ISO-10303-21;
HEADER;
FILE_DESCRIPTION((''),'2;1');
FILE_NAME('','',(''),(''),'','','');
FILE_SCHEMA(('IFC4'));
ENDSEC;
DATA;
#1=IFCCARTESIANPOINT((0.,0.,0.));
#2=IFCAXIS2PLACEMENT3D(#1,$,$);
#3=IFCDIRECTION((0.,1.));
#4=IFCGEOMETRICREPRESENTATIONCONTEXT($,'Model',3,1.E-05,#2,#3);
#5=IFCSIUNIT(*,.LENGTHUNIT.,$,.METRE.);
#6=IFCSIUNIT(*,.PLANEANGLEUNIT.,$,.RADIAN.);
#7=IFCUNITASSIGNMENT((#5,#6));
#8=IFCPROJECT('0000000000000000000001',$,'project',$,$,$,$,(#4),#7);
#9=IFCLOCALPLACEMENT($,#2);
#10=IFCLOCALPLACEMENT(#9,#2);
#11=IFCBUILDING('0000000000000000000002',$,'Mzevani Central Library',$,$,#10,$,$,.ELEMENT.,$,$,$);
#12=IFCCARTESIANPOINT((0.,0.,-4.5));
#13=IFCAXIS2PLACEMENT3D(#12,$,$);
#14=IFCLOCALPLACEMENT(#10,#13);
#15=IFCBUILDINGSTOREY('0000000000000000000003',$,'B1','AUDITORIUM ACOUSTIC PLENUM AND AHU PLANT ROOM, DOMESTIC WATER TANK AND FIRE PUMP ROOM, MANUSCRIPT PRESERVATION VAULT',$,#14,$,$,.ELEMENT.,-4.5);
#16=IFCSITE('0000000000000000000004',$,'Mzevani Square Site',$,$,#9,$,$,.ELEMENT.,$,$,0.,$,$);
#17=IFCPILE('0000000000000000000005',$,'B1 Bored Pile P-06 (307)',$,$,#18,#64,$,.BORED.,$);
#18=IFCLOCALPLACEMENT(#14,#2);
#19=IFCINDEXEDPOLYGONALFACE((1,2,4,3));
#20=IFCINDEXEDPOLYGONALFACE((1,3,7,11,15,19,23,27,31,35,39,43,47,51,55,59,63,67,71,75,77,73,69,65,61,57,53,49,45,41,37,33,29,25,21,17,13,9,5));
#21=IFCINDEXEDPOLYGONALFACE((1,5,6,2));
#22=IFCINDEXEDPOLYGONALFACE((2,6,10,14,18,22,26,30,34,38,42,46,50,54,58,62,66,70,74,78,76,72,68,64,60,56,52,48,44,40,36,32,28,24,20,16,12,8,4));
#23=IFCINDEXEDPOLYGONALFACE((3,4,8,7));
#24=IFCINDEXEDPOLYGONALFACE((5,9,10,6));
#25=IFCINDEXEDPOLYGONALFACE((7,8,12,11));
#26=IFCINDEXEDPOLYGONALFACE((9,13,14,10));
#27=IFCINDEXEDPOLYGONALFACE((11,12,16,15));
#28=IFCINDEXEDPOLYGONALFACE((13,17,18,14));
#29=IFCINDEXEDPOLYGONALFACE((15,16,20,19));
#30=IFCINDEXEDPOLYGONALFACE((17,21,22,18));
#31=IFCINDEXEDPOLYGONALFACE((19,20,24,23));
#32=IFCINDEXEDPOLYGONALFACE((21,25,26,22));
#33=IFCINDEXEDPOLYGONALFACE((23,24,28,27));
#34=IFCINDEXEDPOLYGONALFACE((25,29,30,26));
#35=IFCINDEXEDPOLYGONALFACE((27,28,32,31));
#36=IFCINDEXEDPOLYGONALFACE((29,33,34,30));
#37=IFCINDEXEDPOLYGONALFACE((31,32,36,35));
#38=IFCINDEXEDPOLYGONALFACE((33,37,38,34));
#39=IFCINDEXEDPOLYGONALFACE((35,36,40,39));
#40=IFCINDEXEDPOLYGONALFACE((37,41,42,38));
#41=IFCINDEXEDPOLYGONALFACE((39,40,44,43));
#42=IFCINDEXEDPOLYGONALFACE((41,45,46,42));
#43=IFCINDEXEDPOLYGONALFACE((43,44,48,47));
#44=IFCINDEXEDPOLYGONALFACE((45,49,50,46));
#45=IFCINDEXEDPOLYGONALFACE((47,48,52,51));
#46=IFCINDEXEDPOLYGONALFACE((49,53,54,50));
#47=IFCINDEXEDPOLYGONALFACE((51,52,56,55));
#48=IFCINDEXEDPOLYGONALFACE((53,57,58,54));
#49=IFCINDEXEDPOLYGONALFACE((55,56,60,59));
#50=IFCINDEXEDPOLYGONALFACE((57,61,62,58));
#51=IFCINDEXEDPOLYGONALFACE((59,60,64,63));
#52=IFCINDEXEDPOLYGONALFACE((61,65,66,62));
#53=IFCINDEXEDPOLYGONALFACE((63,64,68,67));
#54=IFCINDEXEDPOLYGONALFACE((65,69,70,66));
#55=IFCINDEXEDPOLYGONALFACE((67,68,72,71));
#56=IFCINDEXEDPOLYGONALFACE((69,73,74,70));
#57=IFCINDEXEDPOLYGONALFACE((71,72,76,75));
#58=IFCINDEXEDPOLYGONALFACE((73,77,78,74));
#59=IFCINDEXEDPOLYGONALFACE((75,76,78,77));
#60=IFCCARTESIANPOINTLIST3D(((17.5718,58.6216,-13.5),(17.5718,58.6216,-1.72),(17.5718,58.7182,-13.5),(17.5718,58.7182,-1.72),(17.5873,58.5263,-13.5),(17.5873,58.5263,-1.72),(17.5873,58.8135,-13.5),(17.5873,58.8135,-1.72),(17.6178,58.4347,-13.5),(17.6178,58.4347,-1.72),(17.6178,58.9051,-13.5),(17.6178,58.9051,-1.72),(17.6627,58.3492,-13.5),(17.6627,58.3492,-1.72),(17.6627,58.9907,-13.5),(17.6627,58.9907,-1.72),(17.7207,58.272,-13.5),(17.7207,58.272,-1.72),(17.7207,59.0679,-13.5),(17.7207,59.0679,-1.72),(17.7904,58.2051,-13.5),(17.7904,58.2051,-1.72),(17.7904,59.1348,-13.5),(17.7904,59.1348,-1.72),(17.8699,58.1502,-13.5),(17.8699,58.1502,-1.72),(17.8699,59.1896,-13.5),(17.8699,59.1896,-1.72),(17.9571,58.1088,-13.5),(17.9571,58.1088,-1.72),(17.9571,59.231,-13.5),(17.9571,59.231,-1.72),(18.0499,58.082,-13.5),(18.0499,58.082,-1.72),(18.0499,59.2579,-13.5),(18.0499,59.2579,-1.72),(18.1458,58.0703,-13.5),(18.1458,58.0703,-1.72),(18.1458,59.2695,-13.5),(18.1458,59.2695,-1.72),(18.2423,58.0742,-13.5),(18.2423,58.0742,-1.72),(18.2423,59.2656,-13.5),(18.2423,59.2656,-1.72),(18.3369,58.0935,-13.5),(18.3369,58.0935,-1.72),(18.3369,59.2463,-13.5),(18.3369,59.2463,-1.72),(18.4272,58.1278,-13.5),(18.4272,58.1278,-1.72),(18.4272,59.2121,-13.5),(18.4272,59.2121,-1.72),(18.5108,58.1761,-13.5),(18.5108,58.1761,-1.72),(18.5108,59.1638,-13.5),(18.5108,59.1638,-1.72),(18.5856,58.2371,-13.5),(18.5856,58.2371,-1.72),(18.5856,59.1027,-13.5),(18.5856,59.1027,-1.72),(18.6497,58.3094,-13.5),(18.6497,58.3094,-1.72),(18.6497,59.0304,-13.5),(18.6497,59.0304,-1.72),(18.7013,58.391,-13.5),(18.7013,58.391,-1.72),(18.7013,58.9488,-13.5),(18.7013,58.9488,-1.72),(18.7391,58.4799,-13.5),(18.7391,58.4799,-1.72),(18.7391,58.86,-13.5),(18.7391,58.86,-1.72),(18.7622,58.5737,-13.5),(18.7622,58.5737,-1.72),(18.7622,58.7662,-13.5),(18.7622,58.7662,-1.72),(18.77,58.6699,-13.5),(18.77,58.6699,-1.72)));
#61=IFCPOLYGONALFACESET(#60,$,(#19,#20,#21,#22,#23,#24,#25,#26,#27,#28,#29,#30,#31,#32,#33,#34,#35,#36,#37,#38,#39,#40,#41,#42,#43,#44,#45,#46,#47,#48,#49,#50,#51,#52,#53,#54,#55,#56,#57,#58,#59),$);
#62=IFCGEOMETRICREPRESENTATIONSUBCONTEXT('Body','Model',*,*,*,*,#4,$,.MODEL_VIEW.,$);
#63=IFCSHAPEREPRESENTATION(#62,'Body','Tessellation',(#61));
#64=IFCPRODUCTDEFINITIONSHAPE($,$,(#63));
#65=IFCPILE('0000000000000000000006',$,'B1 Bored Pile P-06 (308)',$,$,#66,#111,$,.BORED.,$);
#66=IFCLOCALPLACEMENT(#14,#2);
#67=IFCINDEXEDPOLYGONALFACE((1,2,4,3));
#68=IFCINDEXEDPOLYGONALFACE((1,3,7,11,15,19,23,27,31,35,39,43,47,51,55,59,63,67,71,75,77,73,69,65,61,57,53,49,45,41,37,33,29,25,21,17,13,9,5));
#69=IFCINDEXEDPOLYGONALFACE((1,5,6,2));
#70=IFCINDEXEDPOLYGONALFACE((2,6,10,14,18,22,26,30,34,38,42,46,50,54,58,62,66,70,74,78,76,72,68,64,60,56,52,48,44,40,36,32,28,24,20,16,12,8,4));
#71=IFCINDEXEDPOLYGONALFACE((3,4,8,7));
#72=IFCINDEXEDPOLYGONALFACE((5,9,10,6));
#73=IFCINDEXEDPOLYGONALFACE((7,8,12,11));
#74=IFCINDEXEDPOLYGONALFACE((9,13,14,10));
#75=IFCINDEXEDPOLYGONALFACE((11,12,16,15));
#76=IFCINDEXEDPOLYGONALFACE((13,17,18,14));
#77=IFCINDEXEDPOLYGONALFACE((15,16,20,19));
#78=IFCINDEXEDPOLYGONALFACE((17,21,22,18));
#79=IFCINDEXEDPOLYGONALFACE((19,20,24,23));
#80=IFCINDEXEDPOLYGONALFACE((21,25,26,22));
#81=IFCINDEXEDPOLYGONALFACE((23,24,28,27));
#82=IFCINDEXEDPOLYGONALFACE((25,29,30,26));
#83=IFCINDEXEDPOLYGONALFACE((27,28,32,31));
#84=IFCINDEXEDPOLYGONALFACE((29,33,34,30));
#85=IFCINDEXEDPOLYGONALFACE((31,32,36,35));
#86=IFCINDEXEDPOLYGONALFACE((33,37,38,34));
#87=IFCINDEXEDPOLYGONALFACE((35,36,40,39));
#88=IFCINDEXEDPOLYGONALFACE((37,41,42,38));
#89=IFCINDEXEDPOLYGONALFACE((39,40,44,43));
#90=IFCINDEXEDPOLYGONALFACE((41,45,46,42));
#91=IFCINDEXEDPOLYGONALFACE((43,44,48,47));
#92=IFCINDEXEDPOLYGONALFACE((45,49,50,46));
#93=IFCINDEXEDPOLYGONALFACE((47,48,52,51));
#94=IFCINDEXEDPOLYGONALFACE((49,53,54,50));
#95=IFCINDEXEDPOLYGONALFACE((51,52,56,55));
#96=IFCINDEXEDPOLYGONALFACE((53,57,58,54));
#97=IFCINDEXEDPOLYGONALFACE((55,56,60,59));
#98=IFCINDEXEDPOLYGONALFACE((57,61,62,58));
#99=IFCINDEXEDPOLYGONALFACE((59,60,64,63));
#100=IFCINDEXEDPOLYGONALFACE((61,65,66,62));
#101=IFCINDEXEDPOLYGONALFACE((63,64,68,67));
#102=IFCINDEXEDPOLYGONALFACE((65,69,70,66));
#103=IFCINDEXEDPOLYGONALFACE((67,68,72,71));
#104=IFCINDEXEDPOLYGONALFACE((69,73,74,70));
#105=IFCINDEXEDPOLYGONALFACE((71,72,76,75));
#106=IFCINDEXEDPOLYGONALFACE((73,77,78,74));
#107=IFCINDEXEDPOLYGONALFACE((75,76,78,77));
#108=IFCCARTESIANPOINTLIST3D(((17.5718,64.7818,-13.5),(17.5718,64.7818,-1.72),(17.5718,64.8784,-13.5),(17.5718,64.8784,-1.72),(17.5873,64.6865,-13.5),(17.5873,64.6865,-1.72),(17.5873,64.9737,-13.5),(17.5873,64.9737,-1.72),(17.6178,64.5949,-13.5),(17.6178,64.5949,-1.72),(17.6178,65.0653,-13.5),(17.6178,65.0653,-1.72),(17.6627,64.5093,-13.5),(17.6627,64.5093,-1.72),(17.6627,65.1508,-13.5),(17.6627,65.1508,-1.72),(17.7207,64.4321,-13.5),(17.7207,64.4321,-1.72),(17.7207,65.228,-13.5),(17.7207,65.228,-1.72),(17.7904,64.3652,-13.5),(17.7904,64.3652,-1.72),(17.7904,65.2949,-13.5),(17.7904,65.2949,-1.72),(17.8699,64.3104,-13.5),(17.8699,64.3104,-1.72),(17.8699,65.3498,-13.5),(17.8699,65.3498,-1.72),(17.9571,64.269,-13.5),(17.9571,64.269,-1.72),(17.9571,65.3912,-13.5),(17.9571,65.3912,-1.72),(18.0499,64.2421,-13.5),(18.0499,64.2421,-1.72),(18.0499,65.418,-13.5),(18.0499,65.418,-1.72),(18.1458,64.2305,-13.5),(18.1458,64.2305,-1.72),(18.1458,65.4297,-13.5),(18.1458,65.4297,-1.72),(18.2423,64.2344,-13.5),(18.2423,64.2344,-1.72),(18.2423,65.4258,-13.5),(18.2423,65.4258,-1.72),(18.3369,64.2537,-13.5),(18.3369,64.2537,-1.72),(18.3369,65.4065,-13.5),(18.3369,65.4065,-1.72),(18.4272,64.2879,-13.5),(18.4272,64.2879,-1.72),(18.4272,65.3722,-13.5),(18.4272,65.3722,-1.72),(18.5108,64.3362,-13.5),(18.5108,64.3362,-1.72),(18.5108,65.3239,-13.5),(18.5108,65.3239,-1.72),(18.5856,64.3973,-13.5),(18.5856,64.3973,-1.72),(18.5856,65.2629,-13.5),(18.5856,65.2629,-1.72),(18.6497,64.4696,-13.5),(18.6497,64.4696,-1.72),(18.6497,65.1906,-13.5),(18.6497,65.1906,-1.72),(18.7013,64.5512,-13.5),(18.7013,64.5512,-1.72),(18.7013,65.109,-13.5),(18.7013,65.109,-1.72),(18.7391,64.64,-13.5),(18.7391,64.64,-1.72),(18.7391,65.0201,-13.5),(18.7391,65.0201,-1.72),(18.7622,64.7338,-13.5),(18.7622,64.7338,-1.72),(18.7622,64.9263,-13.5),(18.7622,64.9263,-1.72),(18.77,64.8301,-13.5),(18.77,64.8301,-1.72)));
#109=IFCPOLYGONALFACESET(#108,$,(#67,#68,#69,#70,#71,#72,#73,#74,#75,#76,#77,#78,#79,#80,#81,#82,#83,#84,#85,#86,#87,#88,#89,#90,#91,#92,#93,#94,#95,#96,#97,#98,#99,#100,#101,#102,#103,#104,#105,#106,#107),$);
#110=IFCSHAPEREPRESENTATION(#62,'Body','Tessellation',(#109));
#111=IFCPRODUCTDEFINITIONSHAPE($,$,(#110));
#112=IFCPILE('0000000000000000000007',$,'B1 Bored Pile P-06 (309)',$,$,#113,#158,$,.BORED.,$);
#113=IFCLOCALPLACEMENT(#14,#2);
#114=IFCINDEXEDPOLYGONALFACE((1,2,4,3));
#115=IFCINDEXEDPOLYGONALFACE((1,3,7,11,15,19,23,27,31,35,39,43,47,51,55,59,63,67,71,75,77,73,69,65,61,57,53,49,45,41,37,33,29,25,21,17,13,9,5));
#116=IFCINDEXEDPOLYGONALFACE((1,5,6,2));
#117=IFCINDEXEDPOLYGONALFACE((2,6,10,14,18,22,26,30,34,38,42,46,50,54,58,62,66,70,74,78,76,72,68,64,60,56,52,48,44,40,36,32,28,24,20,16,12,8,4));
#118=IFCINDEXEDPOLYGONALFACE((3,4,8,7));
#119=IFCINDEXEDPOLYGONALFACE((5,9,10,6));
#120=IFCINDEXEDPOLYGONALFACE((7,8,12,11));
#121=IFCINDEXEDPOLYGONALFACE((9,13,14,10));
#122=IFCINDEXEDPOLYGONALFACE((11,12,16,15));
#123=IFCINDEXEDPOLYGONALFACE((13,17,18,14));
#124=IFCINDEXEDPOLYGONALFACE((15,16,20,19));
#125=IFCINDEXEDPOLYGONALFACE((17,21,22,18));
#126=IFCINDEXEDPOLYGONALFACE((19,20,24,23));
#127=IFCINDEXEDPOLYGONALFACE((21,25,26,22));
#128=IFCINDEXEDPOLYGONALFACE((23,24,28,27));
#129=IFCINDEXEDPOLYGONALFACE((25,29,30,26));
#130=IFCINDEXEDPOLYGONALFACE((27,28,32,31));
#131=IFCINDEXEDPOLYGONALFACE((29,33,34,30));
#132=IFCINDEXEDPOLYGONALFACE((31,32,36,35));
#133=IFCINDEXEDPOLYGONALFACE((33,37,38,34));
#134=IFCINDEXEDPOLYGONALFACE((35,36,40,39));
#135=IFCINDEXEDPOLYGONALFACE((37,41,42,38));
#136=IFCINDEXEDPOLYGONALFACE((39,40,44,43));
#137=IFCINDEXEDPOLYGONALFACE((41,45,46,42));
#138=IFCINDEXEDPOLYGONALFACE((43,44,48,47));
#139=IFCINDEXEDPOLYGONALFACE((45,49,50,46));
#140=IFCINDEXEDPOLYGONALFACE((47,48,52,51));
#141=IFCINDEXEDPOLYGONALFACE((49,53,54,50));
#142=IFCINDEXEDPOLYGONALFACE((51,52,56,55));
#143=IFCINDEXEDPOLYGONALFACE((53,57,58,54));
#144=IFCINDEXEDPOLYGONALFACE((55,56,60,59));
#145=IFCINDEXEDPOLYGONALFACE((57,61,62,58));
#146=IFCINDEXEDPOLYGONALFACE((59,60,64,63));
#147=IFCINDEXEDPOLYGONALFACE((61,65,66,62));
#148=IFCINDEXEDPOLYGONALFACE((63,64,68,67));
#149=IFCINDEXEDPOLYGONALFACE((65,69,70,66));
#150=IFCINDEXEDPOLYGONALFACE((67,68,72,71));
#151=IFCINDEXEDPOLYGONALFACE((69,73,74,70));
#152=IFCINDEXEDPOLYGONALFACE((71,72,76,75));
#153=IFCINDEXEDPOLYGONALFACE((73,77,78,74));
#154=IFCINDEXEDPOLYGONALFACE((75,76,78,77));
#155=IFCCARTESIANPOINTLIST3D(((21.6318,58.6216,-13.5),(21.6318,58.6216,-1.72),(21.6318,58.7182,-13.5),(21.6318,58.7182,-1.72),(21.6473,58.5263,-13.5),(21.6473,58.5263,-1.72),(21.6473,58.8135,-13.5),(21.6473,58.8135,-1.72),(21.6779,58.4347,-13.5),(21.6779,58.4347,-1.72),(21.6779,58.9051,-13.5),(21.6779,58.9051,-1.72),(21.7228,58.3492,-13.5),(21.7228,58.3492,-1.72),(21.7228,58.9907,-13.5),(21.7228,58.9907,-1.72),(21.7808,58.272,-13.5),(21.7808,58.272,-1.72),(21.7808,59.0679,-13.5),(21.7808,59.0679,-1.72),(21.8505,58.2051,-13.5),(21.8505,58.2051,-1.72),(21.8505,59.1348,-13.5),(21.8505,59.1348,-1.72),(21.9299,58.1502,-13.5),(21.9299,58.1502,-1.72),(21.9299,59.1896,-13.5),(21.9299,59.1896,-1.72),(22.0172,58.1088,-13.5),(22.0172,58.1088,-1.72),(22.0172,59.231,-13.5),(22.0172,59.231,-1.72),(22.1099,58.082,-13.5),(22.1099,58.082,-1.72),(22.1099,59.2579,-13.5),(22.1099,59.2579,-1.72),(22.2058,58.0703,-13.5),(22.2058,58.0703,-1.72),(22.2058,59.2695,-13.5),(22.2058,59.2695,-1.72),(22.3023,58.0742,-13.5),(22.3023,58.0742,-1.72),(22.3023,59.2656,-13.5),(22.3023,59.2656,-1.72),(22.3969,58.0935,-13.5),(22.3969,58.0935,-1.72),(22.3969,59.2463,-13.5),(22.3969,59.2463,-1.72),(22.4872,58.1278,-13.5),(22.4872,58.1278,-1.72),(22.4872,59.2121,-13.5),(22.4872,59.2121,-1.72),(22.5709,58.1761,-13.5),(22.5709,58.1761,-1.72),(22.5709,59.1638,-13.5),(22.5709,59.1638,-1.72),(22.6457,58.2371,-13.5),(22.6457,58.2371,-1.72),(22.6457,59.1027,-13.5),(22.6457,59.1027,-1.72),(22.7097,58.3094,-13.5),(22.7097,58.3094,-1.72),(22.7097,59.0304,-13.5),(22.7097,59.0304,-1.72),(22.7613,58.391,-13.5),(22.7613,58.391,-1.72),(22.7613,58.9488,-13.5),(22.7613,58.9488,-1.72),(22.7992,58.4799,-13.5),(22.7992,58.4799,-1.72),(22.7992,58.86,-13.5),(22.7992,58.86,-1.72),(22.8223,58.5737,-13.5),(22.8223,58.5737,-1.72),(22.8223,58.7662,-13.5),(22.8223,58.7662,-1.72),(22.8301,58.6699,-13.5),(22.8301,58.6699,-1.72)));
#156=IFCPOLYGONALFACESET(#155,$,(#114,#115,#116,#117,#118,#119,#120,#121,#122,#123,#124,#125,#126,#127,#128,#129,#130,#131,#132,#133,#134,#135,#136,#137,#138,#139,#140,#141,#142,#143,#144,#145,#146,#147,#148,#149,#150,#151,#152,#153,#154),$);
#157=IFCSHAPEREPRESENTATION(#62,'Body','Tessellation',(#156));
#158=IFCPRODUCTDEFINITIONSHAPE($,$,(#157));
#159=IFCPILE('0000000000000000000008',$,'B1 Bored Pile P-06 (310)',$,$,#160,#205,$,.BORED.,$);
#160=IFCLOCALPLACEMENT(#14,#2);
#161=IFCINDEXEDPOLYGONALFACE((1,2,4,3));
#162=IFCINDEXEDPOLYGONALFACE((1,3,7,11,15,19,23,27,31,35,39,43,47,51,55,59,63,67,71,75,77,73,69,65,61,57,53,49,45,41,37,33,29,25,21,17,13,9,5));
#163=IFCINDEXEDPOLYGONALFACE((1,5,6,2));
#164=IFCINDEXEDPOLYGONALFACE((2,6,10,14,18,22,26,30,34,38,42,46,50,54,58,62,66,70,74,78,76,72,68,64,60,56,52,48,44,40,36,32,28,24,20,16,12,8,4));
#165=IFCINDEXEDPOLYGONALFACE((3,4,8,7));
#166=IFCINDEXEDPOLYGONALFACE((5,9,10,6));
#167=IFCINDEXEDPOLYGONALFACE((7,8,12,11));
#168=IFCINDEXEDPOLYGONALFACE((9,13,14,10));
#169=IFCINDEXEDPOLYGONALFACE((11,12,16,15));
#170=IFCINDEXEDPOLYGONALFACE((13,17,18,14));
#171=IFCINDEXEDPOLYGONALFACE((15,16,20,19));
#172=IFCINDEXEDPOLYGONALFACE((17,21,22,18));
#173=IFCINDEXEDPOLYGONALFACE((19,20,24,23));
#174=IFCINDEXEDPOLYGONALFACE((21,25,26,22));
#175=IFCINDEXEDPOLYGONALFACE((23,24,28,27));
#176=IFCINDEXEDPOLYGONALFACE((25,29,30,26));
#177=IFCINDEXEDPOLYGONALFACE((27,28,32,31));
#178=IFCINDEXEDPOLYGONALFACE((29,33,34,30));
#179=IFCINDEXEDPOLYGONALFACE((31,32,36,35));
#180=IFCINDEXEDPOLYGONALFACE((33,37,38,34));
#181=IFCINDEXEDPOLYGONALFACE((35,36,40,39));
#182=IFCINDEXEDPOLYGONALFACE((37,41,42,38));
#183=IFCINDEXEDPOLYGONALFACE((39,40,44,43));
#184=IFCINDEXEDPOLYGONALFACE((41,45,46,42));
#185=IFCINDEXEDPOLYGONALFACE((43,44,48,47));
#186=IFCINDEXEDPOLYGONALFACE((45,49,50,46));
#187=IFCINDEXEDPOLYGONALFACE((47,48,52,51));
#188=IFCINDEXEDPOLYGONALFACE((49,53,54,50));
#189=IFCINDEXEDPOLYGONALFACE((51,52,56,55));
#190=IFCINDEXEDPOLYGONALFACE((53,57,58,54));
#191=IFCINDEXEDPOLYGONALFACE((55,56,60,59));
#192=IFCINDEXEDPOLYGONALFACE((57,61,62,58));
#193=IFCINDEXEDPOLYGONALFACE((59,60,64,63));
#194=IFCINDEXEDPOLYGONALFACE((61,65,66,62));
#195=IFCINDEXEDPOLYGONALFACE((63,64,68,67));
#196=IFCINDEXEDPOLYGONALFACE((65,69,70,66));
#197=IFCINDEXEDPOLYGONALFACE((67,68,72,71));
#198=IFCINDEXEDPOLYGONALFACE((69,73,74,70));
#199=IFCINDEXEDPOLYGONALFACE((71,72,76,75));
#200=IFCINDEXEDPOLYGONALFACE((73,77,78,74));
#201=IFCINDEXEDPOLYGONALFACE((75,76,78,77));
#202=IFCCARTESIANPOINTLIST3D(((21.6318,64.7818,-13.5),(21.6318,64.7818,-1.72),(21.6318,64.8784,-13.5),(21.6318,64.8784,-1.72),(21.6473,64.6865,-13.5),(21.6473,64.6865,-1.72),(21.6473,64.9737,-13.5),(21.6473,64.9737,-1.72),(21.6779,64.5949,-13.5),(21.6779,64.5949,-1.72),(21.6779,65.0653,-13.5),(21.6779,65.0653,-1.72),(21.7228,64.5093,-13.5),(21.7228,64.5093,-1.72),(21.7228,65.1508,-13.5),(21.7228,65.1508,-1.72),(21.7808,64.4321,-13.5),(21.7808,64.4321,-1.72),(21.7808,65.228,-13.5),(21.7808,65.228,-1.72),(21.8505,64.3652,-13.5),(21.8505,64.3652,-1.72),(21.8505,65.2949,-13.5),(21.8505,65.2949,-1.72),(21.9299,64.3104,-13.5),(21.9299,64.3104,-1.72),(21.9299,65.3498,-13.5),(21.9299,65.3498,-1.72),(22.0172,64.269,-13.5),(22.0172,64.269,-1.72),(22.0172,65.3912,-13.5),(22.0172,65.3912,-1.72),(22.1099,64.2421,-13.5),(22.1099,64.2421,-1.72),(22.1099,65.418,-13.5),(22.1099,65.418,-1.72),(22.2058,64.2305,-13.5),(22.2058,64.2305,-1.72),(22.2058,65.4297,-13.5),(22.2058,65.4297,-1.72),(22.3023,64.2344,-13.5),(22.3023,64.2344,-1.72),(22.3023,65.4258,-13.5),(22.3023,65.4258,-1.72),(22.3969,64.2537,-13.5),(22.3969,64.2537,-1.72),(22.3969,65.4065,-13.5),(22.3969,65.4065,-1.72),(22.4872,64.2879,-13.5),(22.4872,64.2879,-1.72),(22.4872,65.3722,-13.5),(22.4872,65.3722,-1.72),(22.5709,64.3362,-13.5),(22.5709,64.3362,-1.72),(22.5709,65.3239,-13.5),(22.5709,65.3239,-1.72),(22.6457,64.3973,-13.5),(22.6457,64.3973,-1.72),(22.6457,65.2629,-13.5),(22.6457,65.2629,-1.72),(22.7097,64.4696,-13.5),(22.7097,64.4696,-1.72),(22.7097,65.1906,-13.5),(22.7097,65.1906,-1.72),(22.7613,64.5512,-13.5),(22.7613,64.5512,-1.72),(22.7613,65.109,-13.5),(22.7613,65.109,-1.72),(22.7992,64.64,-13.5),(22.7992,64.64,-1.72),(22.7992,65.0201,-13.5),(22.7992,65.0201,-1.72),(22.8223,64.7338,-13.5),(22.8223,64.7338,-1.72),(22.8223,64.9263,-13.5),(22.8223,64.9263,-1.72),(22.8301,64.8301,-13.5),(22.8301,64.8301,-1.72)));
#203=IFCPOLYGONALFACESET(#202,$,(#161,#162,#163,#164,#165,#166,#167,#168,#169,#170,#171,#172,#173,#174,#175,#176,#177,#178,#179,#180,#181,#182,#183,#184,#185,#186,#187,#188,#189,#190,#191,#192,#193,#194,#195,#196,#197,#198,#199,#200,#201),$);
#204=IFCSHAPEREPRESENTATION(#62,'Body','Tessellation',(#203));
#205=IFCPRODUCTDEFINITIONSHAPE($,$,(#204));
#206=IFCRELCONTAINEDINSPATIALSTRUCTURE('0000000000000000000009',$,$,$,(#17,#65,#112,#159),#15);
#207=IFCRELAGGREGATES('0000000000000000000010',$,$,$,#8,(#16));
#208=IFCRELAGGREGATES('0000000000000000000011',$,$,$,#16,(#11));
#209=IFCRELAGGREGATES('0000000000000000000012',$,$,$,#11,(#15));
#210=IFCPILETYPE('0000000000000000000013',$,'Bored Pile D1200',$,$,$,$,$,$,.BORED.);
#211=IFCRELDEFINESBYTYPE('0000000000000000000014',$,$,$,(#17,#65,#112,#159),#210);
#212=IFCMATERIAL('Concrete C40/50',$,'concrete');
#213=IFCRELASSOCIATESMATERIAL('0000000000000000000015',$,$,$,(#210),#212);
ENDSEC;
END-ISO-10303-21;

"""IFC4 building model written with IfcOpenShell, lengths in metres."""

from ifc_helpers import new_model, si_unit, direction, frame, origin, origin_2d, place, context, subcontext, project, spatial, circle, extrude, material, material_profile, profile_set, type_object, element, save


model = new_model("IFC4")

# Units and contexts
model_context = context("Model", 3, precision=1e-05, world=origin(), true_north=direction((0.0, 1.0)))
body_context = subcontext(model_context, "Body", "Model", "MODEL_VIEW")
ifc_project = project(units=[si_unit("LENGTHUNIT", "METRE"), si_unit("PLANEANGLEUNIT", "RADIAN")], contexts=[model_context])

# Site, building, storey
site_placement = place(None, origin())
site = spatial("IfcSite", under=ifc_project, at=site_placement, Name="Mzevani Square Site", CompositionType="ELEMENT", RefElevation=0.0)
building_placement = place(site_placement, origin())
building = spatial("IfcBuilding", under=site, at=building_placement, Name="Mzevani Central Library", CompositionType="ELEMENT")
storey_placement = place(building_placement, frame((0.0, 0.0, -4.5)))
storey = spatial("IfcBuildingStorey", under=building, at=storey_placement, Name="B1", Description="AUDITORIUM ACOUSTIC PLENUM AND AHU PLANT ROOM, DOMESTIC WATER TANK AND FIRE PUMP ROOM, MANUSCRIPT PRESERVATION VAULT", CompositionType="ELEMENT", Elevation=-4.5)

# Piles
ifc_material_1 = material(Name="Concrete C40/50", Category="concrete")
ifc_material_profile_1 = material_profile(ifc_material_1, circle(Radius=0.6001, at=origin_2d()), Name="PILE D1200")
ifc_profile_set_1 = profile_set([ifc_material_profile_1], Name="Concrete C40/50")
pile_type_1 = type_object("IfcPileType", Name="Bored Pile D1200", PredefinedType="BORED", material=ifc_profile_set_1)
for number, where, z_axis, x_axis, name in (
    (1, (18.1699, 58.6699, -1.72), (0.0, 0.0, -1.0), (1.0, 0.0, 0.0), "B1 Bored Pile P-06 (307)"),
    (2, (18.1699, 64.8301, -1.72), (0.0, 0.0, -1.0), (1.0, 0.0, 0.0), "B1 Bored Pile P-06 (308)"),
    (3, (22.23, 58.6699, -1.72), (0.0, 0.0, -1.0), (1.0, 0.0, 0.0), "B1 Bored Pile P-06 (309)"),
    (4, (22.23, 64.8301, -1.72), (0.0, 0.0, -1.0), (1.0, 0.0, 0.0), "B1 Bored Pile P-06 (310)"),
):
    element("IfcPile", number, at=place(storey_placement, frame(where, z_axis=z_axis, x_axis=x_axis)), inside=storey, type_object=pile_type_1, Name=name, PredefinedType="BORED", context=body_context, shape_type="SweptSolid", body=[
        extrude(circle(Radius=0.6001, at=origin_2d()), origin(), (0.0, 0.0, 1.0), 11.78),
    ])

save(model, "model.ifc")
